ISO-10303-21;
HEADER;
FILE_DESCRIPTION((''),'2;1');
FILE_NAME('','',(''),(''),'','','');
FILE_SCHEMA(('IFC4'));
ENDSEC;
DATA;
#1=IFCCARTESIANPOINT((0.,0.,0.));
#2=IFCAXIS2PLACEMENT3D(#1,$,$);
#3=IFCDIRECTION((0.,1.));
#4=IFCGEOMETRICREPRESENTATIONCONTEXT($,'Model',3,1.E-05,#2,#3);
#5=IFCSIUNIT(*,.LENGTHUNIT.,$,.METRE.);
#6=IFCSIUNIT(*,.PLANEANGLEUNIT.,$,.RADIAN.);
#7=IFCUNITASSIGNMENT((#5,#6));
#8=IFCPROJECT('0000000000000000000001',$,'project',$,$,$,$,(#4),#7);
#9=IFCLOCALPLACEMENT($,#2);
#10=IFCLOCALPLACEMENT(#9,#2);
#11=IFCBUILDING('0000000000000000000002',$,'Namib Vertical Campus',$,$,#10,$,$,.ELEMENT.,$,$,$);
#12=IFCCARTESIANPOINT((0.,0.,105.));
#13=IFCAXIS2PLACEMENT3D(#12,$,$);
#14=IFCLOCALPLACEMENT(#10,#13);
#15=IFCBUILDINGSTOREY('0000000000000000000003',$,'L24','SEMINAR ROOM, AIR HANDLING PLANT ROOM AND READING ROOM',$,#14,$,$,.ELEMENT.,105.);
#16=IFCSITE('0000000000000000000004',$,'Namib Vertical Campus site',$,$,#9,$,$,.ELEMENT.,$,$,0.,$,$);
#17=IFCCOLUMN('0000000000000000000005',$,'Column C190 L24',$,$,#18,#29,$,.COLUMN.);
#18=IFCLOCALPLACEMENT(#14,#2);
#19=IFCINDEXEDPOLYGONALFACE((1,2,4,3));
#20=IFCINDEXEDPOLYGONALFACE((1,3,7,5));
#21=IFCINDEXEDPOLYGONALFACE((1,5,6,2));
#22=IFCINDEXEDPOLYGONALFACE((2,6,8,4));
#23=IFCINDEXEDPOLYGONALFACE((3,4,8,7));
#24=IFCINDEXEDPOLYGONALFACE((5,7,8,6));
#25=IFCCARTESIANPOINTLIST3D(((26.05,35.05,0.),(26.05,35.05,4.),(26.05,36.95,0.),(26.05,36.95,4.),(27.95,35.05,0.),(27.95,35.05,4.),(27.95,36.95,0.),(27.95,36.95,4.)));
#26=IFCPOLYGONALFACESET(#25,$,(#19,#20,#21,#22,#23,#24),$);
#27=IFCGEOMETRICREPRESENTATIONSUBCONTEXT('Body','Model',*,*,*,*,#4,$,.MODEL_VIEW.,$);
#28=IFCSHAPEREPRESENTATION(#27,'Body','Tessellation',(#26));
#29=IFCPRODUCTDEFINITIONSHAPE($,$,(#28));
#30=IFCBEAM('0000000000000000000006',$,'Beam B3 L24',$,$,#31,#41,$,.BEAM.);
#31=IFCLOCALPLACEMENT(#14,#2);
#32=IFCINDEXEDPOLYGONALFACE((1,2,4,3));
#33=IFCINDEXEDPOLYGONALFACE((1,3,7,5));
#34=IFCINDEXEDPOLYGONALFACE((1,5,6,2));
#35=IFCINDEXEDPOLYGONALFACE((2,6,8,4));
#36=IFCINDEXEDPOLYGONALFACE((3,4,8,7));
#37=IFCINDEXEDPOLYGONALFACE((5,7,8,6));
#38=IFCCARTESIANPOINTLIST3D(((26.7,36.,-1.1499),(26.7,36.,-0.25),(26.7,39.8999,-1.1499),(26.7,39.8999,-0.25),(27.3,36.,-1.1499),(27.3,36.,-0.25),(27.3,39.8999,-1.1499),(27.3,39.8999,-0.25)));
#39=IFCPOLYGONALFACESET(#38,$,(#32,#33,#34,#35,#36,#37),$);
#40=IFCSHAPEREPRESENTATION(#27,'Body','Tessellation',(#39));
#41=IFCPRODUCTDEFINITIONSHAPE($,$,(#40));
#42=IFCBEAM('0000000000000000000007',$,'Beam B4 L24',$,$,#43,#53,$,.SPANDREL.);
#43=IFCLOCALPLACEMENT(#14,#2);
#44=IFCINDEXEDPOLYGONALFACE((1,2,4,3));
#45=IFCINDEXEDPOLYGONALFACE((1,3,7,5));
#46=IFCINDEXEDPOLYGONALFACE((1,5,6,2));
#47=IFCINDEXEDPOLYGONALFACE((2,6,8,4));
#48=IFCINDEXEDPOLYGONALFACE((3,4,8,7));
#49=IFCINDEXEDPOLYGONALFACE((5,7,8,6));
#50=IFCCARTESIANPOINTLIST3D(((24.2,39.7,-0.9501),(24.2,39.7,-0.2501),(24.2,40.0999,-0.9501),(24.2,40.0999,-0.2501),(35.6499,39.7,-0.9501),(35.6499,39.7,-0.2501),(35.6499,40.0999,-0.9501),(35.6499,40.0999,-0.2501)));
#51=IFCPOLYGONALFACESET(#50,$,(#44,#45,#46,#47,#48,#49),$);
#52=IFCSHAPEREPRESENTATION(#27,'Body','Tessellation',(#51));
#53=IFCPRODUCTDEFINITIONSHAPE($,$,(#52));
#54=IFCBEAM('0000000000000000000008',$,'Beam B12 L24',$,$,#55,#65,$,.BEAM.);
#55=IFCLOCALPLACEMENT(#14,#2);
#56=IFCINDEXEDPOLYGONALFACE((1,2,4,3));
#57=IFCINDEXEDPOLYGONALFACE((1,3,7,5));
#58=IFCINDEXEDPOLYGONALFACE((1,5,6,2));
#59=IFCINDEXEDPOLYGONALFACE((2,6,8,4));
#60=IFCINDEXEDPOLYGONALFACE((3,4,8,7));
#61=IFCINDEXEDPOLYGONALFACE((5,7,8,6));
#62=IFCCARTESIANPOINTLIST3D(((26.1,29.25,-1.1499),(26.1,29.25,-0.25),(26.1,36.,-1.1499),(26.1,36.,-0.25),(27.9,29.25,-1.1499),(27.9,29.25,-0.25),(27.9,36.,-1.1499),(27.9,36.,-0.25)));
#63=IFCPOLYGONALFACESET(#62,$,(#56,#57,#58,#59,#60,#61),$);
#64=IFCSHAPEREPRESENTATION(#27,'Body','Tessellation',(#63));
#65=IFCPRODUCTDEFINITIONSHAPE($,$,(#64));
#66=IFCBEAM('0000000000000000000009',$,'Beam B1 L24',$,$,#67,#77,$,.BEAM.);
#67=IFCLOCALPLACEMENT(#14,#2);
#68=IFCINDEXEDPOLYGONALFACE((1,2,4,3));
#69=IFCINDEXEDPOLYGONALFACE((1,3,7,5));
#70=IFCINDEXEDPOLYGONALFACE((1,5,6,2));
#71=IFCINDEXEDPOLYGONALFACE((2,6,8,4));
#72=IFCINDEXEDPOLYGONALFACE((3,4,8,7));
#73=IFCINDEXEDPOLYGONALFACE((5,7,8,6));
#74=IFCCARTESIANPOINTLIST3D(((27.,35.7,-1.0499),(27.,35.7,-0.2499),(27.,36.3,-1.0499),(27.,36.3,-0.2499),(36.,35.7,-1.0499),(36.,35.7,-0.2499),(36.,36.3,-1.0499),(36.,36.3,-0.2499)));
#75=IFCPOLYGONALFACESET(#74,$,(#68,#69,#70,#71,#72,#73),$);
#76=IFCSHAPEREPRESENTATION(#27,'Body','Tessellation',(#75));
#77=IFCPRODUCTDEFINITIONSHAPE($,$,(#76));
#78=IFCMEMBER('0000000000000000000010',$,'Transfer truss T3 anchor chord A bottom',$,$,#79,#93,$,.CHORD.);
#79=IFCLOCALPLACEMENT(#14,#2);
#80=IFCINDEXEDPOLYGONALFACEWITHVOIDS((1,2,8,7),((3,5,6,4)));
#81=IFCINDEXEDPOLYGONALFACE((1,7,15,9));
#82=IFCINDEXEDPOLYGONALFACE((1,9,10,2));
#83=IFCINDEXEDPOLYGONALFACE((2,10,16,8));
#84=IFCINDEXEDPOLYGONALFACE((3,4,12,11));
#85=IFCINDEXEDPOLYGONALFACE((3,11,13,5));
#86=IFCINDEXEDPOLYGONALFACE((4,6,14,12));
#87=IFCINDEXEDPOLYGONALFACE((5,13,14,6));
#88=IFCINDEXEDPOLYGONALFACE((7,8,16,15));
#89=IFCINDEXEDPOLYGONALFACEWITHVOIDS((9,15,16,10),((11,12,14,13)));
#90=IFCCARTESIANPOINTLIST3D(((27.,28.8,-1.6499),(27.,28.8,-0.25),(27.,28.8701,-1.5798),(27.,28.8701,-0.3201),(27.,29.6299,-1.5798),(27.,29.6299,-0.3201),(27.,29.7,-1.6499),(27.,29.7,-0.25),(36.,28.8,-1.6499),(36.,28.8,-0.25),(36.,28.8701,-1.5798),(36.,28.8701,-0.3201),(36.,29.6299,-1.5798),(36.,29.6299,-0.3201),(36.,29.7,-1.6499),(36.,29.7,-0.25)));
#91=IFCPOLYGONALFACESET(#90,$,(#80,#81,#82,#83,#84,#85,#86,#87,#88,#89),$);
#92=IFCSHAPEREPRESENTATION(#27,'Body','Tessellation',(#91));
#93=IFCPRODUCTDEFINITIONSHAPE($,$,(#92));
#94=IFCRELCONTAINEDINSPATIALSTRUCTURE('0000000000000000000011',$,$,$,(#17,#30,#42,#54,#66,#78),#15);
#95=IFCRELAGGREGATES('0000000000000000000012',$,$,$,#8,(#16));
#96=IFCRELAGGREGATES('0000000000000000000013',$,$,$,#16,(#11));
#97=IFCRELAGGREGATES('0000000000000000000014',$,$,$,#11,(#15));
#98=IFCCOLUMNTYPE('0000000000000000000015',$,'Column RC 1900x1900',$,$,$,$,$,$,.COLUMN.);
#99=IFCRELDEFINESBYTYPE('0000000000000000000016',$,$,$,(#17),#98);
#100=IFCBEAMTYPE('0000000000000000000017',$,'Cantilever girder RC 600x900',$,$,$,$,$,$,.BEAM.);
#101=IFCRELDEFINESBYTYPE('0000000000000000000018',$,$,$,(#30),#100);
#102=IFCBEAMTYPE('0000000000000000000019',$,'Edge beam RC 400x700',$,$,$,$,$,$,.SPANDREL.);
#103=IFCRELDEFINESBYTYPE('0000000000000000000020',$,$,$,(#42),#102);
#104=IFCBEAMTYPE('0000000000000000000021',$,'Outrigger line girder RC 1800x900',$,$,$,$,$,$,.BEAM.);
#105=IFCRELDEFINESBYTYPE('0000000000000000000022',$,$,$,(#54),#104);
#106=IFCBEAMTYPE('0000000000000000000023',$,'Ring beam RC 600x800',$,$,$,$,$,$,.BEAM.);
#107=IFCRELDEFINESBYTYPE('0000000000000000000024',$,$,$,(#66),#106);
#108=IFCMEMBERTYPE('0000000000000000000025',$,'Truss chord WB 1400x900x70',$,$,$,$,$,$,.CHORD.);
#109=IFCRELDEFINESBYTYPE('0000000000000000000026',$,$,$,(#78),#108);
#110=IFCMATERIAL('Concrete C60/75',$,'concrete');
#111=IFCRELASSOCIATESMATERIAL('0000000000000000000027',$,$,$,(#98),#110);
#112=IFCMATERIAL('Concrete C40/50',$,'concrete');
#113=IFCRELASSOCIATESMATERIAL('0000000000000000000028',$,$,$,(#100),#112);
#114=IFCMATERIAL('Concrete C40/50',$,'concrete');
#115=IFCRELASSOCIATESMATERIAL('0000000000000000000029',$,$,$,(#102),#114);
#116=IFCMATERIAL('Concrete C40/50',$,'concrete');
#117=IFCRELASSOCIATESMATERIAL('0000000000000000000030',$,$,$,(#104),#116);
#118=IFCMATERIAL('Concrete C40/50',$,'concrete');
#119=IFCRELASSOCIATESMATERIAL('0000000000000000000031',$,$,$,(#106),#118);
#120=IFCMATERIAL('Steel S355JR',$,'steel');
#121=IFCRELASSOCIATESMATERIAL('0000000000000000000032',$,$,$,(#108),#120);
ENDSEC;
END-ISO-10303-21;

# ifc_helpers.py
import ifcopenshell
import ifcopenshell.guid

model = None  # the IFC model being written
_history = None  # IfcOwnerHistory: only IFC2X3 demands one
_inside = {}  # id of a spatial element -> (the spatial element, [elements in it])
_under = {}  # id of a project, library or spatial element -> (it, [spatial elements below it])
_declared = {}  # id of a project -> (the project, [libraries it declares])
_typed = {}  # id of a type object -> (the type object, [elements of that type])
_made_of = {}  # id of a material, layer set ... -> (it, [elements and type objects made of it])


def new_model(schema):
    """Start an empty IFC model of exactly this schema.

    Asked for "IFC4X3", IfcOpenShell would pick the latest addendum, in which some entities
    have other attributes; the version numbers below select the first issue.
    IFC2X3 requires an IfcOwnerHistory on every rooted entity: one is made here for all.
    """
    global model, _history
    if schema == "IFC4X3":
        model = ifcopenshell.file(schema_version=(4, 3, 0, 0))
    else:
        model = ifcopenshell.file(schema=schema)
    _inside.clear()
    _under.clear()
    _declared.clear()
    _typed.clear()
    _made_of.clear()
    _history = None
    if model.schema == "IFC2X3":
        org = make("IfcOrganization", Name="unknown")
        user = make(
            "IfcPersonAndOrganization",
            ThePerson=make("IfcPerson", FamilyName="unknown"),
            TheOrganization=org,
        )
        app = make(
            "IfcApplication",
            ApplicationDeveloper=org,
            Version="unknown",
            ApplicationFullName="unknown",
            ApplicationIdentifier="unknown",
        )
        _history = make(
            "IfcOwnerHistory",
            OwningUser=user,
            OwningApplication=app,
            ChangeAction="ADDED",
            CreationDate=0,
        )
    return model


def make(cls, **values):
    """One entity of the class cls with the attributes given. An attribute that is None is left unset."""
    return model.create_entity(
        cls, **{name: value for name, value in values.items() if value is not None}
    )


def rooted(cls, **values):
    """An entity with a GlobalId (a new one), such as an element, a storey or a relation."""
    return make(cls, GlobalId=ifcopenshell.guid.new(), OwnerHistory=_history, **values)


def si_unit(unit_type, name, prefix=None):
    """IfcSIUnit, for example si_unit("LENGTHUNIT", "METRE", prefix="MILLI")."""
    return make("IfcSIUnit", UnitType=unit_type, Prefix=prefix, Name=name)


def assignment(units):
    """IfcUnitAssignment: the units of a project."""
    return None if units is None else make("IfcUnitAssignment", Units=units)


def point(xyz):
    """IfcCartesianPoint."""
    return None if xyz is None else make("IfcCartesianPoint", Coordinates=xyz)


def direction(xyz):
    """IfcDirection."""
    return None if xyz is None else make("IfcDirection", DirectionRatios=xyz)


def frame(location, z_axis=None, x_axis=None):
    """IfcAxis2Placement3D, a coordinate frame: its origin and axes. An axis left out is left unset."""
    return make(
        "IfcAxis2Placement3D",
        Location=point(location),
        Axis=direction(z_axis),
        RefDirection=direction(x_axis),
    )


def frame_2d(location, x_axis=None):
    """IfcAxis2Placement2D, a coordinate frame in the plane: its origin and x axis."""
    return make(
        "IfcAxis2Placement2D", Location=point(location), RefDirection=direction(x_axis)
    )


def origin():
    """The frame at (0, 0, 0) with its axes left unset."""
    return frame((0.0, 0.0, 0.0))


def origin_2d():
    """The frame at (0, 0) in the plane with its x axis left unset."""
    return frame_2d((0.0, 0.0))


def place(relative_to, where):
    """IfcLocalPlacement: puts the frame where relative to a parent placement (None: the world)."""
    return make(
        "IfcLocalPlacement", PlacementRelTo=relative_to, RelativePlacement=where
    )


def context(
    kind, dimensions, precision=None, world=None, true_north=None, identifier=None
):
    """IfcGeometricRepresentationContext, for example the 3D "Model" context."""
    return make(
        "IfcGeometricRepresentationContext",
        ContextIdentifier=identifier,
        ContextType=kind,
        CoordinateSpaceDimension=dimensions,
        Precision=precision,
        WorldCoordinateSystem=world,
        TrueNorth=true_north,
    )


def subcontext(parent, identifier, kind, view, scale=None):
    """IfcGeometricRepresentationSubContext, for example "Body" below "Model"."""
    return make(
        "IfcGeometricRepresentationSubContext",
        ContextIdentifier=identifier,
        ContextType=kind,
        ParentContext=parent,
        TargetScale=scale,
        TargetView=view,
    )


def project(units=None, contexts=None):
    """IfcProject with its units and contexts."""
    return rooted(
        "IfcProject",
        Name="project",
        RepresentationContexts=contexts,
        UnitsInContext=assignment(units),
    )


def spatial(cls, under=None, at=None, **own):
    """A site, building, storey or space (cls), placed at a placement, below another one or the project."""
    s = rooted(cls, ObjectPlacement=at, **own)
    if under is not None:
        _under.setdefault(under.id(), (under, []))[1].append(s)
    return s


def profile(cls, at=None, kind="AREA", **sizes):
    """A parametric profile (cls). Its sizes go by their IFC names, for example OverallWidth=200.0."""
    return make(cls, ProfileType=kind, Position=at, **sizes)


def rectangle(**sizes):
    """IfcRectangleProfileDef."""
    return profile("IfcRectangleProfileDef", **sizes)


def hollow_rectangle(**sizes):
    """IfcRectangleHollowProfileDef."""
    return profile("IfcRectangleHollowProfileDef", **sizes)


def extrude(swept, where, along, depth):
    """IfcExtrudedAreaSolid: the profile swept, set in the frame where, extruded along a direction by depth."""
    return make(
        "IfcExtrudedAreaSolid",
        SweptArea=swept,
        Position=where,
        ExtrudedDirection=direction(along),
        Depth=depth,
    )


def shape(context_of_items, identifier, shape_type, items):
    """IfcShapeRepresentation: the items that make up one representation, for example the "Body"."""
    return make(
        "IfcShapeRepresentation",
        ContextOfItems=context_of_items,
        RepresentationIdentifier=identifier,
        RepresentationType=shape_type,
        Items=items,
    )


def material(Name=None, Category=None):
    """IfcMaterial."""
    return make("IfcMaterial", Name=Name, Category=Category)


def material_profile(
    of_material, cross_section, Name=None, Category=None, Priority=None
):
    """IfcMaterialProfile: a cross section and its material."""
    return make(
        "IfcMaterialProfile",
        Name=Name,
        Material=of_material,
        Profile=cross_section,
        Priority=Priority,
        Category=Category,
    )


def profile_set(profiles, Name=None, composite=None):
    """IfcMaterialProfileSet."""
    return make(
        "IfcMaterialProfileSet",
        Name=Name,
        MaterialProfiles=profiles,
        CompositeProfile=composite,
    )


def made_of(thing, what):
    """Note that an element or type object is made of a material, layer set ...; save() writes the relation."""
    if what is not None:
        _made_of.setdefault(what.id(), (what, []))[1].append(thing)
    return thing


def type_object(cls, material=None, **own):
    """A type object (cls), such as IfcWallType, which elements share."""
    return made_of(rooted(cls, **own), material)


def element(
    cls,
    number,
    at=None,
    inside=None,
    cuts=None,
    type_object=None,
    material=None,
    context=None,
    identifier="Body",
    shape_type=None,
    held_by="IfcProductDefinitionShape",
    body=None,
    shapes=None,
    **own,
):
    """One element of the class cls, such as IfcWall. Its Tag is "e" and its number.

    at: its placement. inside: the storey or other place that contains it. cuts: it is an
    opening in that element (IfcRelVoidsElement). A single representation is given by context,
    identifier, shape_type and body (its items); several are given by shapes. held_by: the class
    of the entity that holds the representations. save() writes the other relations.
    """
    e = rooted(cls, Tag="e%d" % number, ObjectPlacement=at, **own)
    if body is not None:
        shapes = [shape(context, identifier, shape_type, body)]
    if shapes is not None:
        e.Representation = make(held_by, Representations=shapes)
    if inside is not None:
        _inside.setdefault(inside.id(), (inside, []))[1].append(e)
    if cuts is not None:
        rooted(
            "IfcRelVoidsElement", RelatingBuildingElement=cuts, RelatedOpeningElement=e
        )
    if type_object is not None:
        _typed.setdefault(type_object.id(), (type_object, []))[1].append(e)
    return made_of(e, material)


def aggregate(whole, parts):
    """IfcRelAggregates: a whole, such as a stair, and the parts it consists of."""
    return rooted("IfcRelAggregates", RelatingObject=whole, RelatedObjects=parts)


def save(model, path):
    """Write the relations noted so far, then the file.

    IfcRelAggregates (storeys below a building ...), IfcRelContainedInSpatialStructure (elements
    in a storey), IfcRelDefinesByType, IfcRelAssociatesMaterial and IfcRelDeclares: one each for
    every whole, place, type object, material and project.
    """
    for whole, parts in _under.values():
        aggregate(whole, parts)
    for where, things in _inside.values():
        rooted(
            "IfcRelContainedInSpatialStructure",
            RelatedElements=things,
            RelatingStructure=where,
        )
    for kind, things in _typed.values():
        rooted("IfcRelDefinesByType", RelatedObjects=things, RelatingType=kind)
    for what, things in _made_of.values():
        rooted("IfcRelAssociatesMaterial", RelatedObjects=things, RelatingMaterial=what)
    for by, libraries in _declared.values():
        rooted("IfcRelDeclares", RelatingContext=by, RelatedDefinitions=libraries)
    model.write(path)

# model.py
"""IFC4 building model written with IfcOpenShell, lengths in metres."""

from ifc_helpers import new_model, si_unit, direction, frame, origin, origin_2d, place, context, subcontext, project, spatial, rectangle, hollow_rectangle, extrude, material, material_profile, profile_set, type_object, element, save


model = new_model("IFC4")

# Units and contexts
model_context = context("Model", 3, precision=1e-05, world=origin(), true_north=direction((0.0, 1.0)))
body_context = subcontext(model_context, "Body", "Model", "MODEL_VIEW")
ifc_project = project(units=[si_unit("LENGTHUNIT", "METRE"), si_unit("PLANEANGLEUNIT", "RADIAN")], contexts=[model_context])

# Site, building, storey
site_placement = place(None, origin())
site = spatial("IfcSite", under=ifc_project, at=site_placement, Name="Namib Vertical Campus site", CompositionType="ELEMENT", RefElevation=0.0)
building_placement = place(site_placement, origin())
building = spatial("IfcBuilding", under=site, at=building_placement, Name="Namib Vertical Campus", CompositionType="ELEMENT")
storey_placement = place(building_placement, frame((0.0, 0.0, 105.0)))
storey = spatial("IfcBuildingStorey", under=building, at=storey_placement, Name="L24", Description="SEMINAR ROOM, AIR HANDLING PLANT ROOM AND READING ROOM", CompositionType="ELEMENT", Elevation=105.0)

# Column
ifc_material_1 = material(Name="Concrete C60/75", Category="concrete")
ifc_material_profile_1 = material_profile(ifc_material_1, rectangle(XDim=1.8999, YDim=1.8999, at=origin_2d()))
ifc_profile_set_1 = profile_set([ifc_material_profile_1], Name="Concrete C60/75")
column_type = type_object("IfcColumnType", Name="Column RC 1900x1900", PredefinedType="COLUMN", material=ifc_profile_set_1)
column_placement = place(storey_placement, frame((27.0, 36.0, 0.0), z_axis=(0.0, 0.0, 1.0), x_axis=(1.0, 0.0, 0.0)))
element("IfcColumn", 1, at=column_placement, inside=storey, type_object=column_type, Name="Column C190 L24", PredefinedType="COLUMN", context=body_context, shape_type="SweptSolid", body=[
    extrude(rectangle(XDim=1.8999, YDim=1.8999, at=origin_2d()), origin(), (0.0, 0.0, 1.0), 4.0),
])

# Beams
ifc_material_2 = material(Name="Concrete C40/50", Category="concrete")
ifc_material_profile_2 = material_profile(ifc_material_2, rectangle(XDim=0.6001, YDim=0.8999, at=origin_2d()))
ifc_profile_set_2 = profile_set([ifc_material_profile_2], Name="Concrete C40/50")
beam_type_1 = type_object("IfcBeamType", Name="Cantilever girder RC 600x900", PredefinedType="BEAM", material=ifc_profile_set_2)
beam_1_placement = place(storey_placement, frame((27.0, 36.0, -0.7), z_axis=(0.0, 1.0, 0.0), x_axis=(-1.0, 0.0, 0.0)))
element("IfcBeam", 2, at=beam_1_placement, inside=storey, type_object=beam_type_1, Name="Beam B3 L24", PredefinedType="BEAM", context=body_context, shape_type="SweptSolid", body=[
    extrude(rectangle(XDim=0.6001, YDim=0.8999, at=origin_2d()), origin(), (0.0, 0.0, 1.0), 3.8999),
])
ifc_material_3 = material(Name="Concrete C40/50", Category="concrete")
ifc_material_profile_3 = material_profile(ifc_material_3, rectangle(XDim=0.3999, YDim=0.7, at=origin_2d()))
ifc_profile_set_3 = profile_set([ifc_material_profile_3], Name="Concrete C40/50")
beam_type_2 = type_object("IfcBeamType", Name="Edge beam RC 400x700", PredefinedType="SPANDREL", material=ifc_profile_set_3)
beam_2_placement = place(storey_placement, frame((24.2, 39.8999, -0.6001), z_axis=(1.0, 0.0, 0.0), x_axis=(0.0, 1.0, 0.0)))
element("IfcBeam", 3, at=beam_2_placement, inside=storey, type_object=beam_type_2, Name="Beam B4 L24", PredefinedType="SPANDREL", context=body_context, shape_type="SweptSolid", body=[
    extrude(rectangle(XDim=0.3999, YDim=0.7, at=origin_2d()), origin(), (0.0, 0.0, 1.0), 11.45),
])
ifc_material_4 = material(Name="Concrete C40/50", Category="concrete")
ifc_material_profile_4 = material_profile(ifc_material_4, rectangle(XDim=1.8, YDim=0.8999, at=origin_2d()))
ifc_profile_set_4 = profile_set([ifc_material_profile_4], Name="Concrete C40/50")
beam_type_3 = type_object("IfcBeamType", Name="Outrigger line girder RC 1800x900", PredefinedType="BEAM", material=ifc_profile_set_4)
beam_3_placement = place(storey_placement, frame((27.0, 36.0, -0.7), z_axis=(0.0, -1.0, 0.0), x_axis=(1.0, 0.0, 0.0)))
element("IfcBeam", 4, at=beam_3_placement, inside=storey, type_object=beam_type_3, Name="Beam B12 L24", PredefinedType="BEAM", context=body_context, shape_type="SweptSolid", body=[
    extrude(rectangle(XDim=1.8, YDim=0.8999, at=origin_2d()), origin(), (0.0, 0.0, 1.0), 6.75),
])
ifc_material_5 = material(Name="Concrete C40/50", Category="concrete")
ifc_material_profile_5 = material_profile(ifc_material_5, rectangle(XDim=0.6001, YDim=0.8, at=origin_2d()))
ifc_profile_set_5 = profile_set([ifc_material_profile_5], Name="Concrete C40/50")
beam_type_4 = type_object("IfcBeamType", Name="Ring beam RC 600x800", PredefinedType="BEAM", material=ifc_profile_set_5)
beam_4_placement = place(storey_placement, frame((27.0, 36.0, -0.6499), z_axis=(1.0, 0.0, 0.0), x_axis=(0.0, 1.0, 0.0)))
element("IfcBeam", 5, at=beam_4_placement, inside=storey, type_object=beam_type_4, Name="Beam B1 L24", PredefinedType="BEAM", context=body_context, shape_type="SweptSolid", body=[
    extrude(rectangle(XDim=0.6001, YDim=0.8, at=origin_2d()), origin(), (0.0, 0.0, 1.0), 9.0),
])

# Member
ifc_material_6 = material(Name="Steel S355JR", Category="steel")
ifc_material_profile_6 = material_profile(ifc_material_6, hollow_rectangle(XDim=0.8999, YDim=1.3999, WallThickness=0.0701, at=origin_2d()))
ifc_profile_set_6 = profile_set([ifc_material_profile_6], Name="Steel S355JR")
member_type = type_object("IfcMemberType", Name="Truss chord WB 1400x900x70", PredefinedType="CHORD", material=ifc_profile_set_6)
member_placement = place(storey_placement, frame((36.0, 29.25, -0.95), z_axis=(-1.0, 0.0, 0.0), x_axis=(0.0, -1.0, 0.0)))
element("IfcMember", 6, at=member_placement, inside=storey, type_object=member_type, Name="Transfer truss T3 anchor chord A bottom", PredefinedType="CHORD", context=body_context, shape_type="SweptSolid", body=[
    extrude(hollow_rectangle(XDim=0.8999, YDim=1.3999, WallThickness=0.0701, at=origin_2d()), origin(), (0.0, 0.0, 1.0), 9.0),
])

save(model, "model.ifc")
